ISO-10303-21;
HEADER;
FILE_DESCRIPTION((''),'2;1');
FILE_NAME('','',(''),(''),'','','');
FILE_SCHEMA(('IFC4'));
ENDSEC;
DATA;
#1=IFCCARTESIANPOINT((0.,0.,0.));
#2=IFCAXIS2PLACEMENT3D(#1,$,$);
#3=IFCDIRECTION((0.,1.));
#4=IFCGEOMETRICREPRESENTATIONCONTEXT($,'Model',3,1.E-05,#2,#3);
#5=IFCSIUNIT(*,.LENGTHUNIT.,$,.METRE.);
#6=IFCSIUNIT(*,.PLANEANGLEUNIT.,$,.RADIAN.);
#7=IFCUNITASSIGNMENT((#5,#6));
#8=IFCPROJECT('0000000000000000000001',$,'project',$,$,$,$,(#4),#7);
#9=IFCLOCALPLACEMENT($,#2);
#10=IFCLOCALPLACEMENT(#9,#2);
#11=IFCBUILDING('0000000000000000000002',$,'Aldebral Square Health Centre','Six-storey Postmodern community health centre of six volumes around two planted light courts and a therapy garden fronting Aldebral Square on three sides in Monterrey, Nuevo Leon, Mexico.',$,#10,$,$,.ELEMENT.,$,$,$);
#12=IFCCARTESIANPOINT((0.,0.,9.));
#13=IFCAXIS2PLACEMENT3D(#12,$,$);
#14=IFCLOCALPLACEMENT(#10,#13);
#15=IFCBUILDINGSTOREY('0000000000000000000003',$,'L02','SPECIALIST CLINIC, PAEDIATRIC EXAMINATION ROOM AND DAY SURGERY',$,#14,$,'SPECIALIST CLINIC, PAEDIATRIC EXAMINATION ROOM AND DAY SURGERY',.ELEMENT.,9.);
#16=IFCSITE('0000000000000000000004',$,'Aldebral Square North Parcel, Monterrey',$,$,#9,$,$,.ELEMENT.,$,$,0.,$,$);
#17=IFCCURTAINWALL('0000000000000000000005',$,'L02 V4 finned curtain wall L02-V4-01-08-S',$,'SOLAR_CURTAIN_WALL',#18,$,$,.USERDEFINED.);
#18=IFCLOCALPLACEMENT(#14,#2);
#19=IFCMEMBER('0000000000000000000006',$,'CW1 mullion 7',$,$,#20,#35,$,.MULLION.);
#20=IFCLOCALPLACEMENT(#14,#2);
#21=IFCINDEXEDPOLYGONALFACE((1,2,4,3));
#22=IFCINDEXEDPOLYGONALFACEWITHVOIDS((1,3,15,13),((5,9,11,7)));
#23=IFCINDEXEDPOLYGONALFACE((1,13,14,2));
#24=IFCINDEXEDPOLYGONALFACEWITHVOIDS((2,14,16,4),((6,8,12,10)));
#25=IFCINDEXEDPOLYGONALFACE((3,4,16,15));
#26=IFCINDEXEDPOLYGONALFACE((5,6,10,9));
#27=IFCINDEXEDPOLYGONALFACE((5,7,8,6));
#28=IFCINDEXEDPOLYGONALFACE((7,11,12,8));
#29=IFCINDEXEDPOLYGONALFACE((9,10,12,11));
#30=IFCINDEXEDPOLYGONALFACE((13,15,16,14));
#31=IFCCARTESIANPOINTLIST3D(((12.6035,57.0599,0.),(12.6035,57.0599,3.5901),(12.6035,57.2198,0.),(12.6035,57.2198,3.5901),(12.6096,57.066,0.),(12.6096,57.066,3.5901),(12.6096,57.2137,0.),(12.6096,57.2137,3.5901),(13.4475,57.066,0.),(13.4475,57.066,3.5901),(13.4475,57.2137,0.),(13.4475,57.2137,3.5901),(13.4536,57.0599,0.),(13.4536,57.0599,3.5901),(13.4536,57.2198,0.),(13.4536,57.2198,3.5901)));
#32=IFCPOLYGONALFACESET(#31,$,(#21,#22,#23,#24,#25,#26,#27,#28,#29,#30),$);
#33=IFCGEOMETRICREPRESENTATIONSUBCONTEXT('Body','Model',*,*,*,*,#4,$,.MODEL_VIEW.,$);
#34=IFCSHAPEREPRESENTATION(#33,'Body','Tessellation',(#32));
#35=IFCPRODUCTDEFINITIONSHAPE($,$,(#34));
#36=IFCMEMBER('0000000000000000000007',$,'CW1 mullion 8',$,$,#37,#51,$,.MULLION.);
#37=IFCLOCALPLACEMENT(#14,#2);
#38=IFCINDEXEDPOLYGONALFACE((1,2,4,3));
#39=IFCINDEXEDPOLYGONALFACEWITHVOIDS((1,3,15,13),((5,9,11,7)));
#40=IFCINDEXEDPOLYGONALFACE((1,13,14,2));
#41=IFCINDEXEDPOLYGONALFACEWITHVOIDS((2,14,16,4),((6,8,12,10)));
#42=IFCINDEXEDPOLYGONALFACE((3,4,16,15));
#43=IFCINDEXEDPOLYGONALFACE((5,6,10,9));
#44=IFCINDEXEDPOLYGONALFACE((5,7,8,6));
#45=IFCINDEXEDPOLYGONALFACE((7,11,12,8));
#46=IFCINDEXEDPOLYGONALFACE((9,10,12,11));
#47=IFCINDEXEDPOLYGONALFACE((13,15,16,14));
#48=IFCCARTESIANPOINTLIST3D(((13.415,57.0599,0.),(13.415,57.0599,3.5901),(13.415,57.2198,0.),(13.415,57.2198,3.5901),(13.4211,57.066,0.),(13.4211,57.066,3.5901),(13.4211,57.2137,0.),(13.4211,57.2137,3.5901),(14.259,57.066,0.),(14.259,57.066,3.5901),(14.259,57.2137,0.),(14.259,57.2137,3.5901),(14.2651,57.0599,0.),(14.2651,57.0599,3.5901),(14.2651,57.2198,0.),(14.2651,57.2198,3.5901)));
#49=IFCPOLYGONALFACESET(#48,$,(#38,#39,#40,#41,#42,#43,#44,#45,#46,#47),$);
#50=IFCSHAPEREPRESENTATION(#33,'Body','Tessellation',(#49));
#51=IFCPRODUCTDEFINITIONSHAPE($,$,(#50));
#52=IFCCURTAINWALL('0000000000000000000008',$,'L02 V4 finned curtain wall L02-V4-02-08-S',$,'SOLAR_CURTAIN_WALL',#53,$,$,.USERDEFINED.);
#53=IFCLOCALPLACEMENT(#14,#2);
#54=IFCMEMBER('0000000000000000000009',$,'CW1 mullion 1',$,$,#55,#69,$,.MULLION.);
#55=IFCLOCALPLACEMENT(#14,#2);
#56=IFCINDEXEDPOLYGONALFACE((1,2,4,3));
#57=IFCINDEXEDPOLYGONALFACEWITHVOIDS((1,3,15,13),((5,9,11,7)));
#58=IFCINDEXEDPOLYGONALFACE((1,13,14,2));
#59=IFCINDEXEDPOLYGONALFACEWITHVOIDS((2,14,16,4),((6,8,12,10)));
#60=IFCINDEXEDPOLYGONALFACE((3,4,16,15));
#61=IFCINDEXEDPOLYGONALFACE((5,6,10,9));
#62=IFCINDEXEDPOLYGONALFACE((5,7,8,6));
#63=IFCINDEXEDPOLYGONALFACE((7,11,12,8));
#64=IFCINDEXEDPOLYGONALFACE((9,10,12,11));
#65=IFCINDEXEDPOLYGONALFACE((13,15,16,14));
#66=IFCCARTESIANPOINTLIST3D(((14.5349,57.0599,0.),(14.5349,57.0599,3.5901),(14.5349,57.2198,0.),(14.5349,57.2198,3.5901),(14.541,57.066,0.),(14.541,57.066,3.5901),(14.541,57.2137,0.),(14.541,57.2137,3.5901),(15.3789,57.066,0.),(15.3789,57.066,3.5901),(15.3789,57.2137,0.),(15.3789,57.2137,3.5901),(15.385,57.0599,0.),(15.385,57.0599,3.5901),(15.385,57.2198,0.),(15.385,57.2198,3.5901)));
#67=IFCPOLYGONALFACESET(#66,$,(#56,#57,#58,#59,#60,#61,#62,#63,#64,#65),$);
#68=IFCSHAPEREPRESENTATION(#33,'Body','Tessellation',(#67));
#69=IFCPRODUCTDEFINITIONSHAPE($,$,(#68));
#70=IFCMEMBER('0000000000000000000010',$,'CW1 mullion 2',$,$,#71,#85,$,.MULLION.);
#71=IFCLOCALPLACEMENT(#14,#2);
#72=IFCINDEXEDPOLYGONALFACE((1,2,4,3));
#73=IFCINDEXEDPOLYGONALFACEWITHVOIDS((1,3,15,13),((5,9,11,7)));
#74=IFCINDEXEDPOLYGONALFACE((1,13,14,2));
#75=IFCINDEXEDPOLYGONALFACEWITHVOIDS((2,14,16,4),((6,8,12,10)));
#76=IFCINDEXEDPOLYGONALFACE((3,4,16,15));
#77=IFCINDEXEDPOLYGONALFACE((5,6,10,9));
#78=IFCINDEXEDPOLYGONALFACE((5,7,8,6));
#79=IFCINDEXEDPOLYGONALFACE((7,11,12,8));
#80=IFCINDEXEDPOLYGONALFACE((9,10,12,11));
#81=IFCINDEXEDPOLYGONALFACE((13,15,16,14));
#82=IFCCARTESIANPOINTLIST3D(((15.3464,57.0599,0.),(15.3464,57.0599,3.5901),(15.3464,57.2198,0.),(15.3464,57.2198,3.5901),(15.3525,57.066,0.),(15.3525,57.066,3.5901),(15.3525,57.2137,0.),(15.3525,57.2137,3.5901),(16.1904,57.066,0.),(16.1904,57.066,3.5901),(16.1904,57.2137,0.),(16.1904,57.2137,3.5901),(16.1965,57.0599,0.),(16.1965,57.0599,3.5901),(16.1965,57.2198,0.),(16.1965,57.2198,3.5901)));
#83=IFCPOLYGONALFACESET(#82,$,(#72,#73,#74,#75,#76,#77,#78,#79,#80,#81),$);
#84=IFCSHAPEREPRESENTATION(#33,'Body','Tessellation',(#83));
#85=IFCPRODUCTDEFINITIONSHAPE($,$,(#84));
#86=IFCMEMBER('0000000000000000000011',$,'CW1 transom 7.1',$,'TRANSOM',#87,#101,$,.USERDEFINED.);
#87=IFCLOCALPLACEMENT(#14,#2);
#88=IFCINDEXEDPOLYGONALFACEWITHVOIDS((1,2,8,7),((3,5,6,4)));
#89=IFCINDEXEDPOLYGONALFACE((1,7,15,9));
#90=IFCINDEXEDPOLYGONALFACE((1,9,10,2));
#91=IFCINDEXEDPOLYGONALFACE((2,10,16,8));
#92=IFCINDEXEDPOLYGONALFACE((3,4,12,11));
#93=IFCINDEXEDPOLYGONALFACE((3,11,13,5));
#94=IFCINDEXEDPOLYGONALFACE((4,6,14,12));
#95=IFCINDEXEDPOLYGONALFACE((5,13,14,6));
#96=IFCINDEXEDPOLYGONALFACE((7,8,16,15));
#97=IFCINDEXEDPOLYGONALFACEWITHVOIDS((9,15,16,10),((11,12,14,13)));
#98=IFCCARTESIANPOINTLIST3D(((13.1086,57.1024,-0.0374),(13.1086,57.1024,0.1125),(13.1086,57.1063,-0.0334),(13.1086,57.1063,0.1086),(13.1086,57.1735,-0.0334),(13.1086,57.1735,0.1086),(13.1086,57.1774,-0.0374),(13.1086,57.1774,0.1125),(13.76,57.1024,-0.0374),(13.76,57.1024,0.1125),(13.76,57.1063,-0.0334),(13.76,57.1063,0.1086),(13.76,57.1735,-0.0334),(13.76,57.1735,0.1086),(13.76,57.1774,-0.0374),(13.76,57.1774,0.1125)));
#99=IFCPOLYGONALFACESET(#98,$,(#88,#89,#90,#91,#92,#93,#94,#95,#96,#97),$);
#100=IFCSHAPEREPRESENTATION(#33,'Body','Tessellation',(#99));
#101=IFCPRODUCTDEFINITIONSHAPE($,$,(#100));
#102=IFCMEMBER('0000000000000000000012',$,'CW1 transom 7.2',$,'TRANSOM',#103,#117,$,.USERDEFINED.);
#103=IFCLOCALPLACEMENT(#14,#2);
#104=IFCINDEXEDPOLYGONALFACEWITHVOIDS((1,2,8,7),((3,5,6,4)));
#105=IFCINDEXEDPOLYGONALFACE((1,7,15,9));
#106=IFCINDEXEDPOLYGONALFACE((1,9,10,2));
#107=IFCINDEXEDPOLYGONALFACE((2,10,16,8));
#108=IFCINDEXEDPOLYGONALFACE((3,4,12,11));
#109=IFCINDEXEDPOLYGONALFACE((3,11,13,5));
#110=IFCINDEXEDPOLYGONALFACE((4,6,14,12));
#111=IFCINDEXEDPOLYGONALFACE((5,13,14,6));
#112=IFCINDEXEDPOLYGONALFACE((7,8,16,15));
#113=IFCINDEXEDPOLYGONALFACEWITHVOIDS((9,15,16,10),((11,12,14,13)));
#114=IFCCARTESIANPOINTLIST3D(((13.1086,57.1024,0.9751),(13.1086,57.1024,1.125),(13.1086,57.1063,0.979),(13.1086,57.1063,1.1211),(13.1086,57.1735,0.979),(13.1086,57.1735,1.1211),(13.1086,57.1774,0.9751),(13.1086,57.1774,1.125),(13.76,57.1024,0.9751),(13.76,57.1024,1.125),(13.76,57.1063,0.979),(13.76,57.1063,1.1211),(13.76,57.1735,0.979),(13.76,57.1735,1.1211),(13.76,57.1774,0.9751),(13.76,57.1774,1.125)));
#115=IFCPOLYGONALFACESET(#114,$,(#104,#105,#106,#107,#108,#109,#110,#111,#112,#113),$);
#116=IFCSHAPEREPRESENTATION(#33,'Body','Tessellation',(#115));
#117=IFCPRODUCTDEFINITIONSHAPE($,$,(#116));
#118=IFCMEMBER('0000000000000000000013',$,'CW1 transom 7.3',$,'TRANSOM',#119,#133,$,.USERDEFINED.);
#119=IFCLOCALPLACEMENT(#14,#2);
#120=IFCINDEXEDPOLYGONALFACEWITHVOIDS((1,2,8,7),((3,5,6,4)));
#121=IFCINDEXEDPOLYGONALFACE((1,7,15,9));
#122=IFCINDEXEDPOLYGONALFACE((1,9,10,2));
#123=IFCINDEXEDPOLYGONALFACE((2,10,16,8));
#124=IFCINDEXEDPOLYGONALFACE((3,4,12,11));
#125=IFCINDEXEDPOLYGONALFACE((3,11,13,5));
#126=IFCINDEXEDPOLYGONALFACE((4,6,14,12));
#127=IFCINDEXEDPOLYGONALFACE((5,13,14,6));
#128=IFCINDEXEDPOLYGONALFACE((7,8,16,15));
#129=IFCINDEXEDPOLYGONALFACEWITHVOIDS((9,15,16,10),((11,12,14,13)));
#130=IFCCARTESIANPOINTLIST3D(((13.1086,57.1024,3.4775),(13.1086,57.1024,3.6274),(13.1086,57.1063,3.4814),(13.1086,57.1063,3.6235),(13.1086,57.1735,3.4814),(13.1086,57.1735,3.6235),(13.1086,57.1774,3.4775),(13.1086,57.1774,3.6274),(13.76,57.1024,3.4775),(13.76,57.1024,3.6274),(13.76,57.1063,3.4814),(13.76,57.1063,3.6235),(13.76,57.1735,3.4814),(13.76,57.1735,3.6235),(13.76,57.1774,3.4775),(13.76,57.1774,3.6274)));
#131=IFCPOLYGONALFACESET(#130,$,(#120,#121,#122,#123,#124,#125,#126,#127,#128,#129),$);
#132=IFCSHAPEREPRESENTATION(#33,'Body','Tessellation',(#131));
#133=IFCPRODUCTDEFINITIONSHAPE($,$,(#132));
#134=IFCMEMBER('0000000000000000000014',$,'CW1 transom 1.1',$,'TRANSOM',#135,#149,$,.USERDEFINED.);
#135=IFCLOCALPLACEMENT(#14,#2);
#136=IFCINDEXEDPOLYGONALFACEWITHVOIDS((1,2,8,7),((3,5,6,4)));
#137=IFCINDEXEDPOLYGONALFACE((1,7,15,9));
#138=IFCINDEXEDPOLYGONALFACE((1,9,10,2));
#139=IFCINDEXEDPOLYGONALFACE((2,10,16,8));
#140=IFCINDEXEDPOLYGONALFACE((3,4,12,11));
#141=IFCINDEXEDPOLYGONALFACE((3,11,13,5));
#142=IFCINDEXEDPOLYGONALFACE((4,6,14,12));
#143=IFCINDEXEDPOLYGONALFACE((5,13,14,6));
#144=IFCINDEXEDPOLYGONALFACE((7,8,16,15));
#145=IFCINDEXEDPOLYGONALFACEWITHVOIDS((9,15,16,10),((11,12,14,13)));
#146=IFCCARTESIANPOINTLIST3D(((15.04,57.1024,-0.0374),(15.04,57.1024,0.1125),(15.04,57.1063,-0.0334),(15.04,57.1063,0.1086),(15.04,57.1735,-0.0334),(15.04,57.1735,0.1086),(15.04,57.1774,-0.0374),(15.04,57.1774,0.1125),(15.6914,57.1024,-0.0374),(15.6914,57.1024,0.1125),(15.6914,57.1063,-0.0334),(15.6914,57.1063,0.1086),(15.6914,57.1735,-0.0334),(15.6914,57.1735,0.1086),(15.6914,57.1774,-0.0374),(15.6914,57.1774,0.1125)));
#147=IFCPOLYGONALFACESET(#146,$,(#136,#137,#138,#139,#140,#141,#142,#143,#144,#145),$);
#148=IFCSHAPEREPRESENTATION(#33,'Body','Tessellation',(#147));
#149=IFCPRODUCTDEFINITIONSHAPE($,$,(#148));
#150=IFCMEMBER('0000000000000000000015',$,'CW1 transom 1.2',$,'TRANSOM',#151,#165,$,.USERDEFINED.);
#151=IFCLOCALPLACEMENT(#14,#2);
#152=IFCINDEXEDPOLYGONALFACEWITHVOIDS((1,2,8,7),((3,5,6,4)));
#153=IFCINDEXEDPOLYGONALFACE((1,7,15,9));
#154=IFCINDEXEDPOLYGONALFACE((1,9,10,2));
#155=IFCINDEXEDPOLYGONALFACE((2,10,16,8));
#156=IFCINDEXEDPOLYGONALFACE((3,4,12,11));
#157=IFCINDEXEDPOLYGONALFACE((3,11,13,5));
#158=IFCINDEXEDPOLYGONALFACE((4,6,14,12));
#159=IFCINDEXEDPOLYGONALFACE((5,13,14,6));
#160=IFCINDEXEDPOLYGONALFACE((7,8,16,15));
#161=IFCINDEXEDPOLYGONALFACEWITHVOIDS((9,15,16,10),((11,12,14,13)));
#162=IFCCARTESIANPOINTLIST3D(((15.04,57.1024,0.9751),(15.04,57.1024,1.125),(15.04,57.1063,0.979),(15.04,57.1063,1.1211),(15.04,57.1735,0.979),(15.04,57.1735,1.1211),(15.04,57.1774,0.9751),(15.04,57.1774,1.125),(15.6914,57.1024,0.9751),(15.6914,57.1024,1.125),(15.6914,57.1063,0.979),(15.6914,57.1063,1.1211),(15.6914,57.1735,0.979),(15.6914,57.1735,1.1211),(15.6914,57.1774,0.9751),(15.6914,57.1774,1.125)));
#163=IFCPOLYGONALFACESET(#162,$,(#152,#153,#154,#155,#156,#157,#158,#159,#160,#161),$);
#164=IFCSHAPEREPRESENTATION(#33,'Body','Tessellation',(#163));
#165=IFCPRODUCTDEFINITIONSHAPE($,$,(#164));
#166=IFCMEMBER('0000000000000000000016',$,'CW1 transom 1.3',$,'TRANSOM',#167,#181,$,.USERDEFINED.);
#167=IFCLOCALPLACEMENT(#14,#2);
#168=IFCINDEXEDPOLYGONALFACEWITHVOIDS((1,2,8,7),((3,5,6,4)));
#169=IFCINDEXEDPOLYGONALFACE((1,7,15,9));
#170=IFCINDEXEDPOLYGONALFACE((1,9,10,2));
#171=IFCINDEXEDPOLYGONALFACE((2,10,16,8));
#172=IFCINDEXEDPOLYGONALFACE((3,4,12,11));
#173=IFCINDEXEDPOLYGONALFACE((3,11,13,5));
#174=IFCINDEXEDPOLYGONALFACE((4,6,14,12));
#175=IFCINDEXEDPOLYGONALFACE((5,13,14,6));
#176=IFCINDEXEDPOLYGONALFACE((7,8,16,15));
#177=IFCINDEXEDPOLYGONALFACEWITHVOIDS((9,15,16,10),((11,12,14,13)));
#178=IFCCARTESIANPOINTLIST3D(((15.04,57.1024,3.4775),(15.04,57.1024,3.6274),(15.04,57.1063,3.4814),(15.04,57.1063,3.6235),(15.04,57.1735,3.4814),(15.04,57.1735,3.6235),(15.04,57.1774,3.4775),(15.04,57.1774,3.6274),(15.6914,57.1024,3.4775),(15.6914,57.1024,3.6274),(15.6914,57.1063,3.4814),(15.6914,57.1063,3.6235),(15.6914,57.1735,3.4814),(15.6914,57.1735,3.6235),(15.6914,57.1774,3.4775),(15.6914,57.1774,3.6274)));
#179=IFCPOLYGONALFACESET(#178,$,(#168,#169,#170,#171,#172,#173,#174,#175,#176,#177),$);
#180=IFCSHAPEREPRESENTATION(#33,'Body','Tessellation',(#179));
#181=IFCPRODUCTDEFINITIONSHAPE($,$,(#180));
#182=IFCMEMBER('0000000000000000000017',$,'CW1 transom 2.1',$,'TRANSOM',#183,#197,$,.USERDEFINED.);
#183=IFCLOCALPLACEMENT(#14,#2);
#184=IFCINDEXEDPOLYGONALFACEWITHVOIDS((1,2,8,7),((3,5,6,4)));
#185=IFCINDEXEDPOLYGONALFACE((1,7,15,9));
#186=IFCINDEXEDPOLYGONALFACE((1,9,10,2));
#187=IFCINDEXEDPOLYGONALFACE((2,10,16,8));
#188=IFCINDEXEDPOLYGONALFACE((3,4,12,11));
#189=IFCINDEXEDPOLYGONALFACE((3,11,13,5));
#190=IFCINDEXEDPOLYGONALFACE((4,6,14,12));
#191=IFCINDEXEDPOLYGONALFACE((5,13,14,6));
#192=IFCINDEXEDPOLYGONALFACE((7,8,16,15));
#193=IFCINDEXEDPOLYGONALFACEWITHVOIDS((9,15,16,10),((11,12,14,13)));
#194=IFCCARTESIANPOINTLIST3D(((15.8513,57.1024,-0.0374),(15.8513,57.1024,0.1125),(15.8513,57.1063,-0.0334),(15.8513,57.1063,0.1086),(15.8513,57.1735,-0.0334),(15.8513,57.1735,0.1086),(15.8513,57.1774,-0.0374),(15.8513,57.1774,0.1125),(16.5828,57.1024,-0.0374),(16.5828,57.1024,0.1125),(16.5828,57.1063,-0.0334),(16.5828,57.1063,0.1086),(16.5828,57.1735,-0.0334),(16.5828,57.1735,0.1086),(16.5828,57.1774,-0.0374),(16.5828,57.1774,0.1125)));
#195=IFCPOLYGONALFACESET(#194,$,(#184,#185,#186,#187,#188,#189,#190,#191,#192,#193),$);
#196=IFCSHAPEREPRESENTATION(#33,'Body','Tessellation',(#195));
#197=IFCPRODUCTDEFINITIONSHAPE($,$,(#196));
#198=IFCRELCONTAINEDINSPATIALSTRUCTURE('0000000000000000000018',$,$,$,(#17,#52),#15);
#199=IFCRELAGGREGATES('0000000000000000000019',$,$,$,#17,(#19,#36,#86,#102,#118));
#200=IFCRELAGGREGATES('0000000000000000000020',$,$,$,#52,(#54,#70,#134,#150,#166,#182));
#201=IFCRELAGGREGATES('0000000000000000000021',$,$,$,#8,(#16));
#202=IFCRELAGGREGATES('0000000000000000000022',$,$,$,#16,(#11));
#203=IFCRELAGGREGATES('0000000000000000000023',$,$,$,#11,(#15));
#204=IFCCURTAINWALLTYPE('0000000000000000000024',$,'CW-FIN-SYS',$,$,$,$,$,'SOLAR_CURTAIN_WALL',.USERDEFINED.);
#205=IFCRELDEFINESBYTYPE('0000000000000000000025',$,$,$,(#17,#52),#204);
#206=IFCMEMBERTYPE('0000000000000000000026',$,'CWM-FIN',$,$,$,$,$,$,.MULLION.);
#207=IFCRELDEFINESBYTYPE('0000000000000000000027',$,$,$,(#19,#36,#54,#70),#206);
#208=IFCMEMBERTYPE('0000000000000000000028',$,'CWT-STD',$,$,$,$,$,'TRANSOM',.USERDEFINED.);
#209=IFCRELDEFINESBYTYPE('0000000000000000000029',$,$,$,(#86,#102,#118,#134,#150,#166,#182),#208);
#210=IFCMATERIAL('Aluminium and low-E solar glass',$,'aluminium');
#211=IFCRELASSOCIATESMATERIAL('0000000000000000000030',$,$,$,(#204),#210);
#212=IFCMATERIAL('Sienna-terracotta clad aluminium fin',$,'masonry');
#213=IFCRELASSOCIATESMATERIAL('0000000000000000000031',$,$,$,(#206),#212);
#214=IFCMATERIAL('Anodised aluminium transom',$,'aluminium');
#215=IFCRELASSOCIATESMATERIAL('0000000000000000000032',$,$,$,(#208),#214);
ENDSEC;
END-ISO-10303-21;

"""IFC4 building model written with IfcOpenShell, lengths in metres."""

from ifc_helpers import new_model, si_unit, direction, frame, origin, origin_2d, place, context, subcontext, project, spatial, hollow_rectangle, extrude, material, material_profile, profile_set, type_object, element, aggregate, save


model = new_model("IFC4")

# Units and contexts
model_context = context("Model", 3, precision=1e-05, world=origin(), true_north=direction((0.0, 1.0)))
body_context = subcontext(model_context, "Body", "Model", "MODEL_VIEW")
ifc_project = project(units=[si_unit("LENGTHUNIT", "METRE"), si_unit("PLANEANGLEUNIT", "RADIAN")], contexts=[model_context])

# Site, building, storey
site_placement = place(None, origin())
site = spatial("IfcSite", under=ifc_project, at=site_placement, Name="Aldebral Square North Parcel, Monterrey", CompositionType="ELEMENT", RefElevation=0.0)
building_placement = place(site_placement, origin())
building = spatial("IfcBuilding", under=site, at=building_placement, Name="Aldebral Square Health Centre", Description="Six-storey Postmodern community health centre of six volumes around two planted light courts and a therapy garden fronting Aldebral Square on three sides in Monterrey, Nuevo Leon, Mexico.", CompositionType="ELEMENT")
storey_placement = place(building_placement, frame((0.0, 0.0, 9.0)))
storey = spatial("IfcBuildingStorey", under=building, at=storey_placement, Name="L02", Description="SPECIALIST CLINIC, PAEDIATRIC EXAMINATION ROOM AND DAY SURGERY", LongName="SPECIALIST CLINIC, PAEDIATRIC EXAMINATION ROOM AND DAY SURGERY", CompositionType="ELEMENT", Elevation=9.0)

# Curtain walls, members
ifc_material_1 = material(Name="Aluminium and low-E solar glass", Category="aluminium")
curtain_wall_type = type_object("IfcCurtainWallType", Name="CW-FIN-SYS", ElementType="SOLAR_CURTAIN_WALL", PredefinedType="USERDEFINED", material=ifc_material_1)
curtain_wall_1_placement = place(storey_placement, origin())
curtain_wall_1 = element("IfcCurtainWall", 1, at=curtain_wall_1_placement, inside=storey, type_object=curtain_wall_type, Name="L02 V4 finned curtain wall L02-V4-01-08-S", ObjectType="SOLAR_CURTAIN_WALL", PredefinedType="USERDEFINED")
ifc_material_2 = material(Name="Sienna-terracotta clad aluminium fin", Category="masonry")
ifc_material_profile_1 = material_profile(ifc_material_2, hollow_rectangle(XDim=0.1599, YDim=0.8501, WallThickness=0.0061, at=origin_2d()), Name="FIN 160x850x6")
ifc_profile_set_1 = profile_set([ifc_material_profile_1], Name="Sienna-terracotta clad aluminium fin")
member_type_1 = type_object("IfcMemberType", Name="CWM-FIN", PredefinedType="MULLION", material=ifc_profile_set_1)
member_1_placement = place(storey_placement, frame((13.0286, 57.1399, 0.0), z_axis=(0.0, 0.0, 1.0), x_axis=(0.0, 1.0, 0.0)))
member_1 = element("IfcMember", 2, at=member_1_placement, type_object=member_type_1, Name="CW1 mullion 7", PredefinedType="MULLION", context=body_context, shape_type="SweptSolid", body=[
    extrude(hollow_rectangle(XDim=0.1599, YDim=0.8501, WallThickness=0.0061, at=origin_2d()), origin(), (0.0, 0.0, 1.0), 3.5901),
])
member_2_placement = place(storey_placement, frame((13.8401, 57.1399, 0.0), z_axis=(0.0, 0.0, 1.0), x_axis=(0.0, 1.0, 0.0)))
member_2 = element("IfcMember", 3, at=member_2_placement, type_object=member_type_1, Name="CW1 mullion 8", PredefinedType="MULLION", context=body_context, shape_type="SweptSolid", body=[
    extrude(hollow_rectangle(XDim=0.1599, YDim=0.8501, WallThickness=0.0061, at=origin_2d()), origin(), (0.0, 0.0, 1.0), 3.5901),
])
curtain_wall_2_placement = place(storey_placement, origin())
curtain_wall_2 = element("IfcCurtainWall", 4, at=curtain_wall_2_placement, inside=storey, type_object=curtain_wall_type, Name="L02 V4 finned curtain wall L02-V4-02-08-S", ObjectType="SOLAR_CURTAIN_WALL", PredefinedType="USERDEFINED")
member_3_placement = place(storey_placement, frame((14.96, 57.1399, 0.0), z_axis=(0.0, 0.0, 1.0), x_axis=(0.0, 1.0, 0.0)))
member_3 = element("IfcMember", 5, at=member_3_placement, type_object=member_type_1, Name="CW1 mullion 1", PredefinedType="MULLION", context=body_context, shape_type="SweptSolid", body=[
    extrude(hollow_rectangle(XDim=0.1599, YDim=0.8501, WallThickness=0.0061, at=origin_2d()), origin(), (0.0, 0.0, 1.0), 3.5901),
])
member_4_placement = place(storey_placement, frame((15.7715, 57.1399, 0.0), z_axis=(0.0, 0.0, 1.0), x_axis=(0.0, 1.0, 0.0)))
member_4 = element("IfcMember", 6, at=member_4_placement, type_object=member_type_1, Name="CW1 mullion 2", PredefinedType="MULLION", context=body_context, shape_type="SweptSolid", body=[
    extrude(hollow_rectangle(XDim=0.1599, YDim=0.8501, WallThickness=0.0061, at=origin_2d()), origin(), (0.0, 0.0, 1.0), 3.5901),
])

# Members
ifc_material_3 = material(Name="Anodised aluminium transom", Category="aluminium")
ifc_material_profile_2 = material_profile(ifc_material_3, hollow_rectangle(XDim=0.075, YDim=0.1499, WallThickness=0.0039, at=origin_2d()), Name="CWT 75x150x4")
ifc_profile_set_2 = profile_set([ifc_material_profile_2], Name="Anodised aluminium transom")
member_type_2 = type_object("IfcMemberType", Name="CWT-STD", ElementType="TRANSOM", PredefinedType="USERDEFINED", material=ifc_profile_set_2)
member_5_placement = place(storey_placement, frame((13.1086, 57.1399, 0.0376), z_axis=(1.0, 0.0, 0.0), x_axis=(0.0, 1.0, 0.0)))
member_5 = element("IfcMember", 7, at=member_5_placement, type_object=member_type_2, Name="CW1 transom 7.1", ObjectType="TRANSOM", PredefinedType="USERDEFINED", context=body_context, shape_type="SweptSolid", body=[
    extrude(hollow_rectangle(XDim=0.075, YDim=0.1499, WallThickness=0.0039, at=origin_2d()), origin(), (0.0, 0.0, 1.0), 0.6514),
])
member_6_placement = place(storey_placement, frame((13.1086, 57.1399, 1.05), z_axis=(1.0, 0.0, 0.0), x_axis=(0.0, 1.0, 0.0)))
member_6 = element("IfcMember", 8, at=member_6_placement, type_object=member_type_2, Name="CW1 transom 7.2", ObjectType="TRANSOM", PredefinedType="USERDEFINED", context=body_context, shape_type="SweptSolid", body=[
    extrude(hollow_rectangle(XDim=0.075, YDim=0.1499, WallThickness=0.0039, at=origin_2d()), origin(), (0.0, 0.0, 1.0), 0.6514),
])
member_7_placement = place(storey_placement, frame((13.1086, 57.1399, 3.5525), z_axis=(1.0, 0.0, 0.0), x_axis=(0.0, 1.0, 0.0)))
member_7 = element("IfcMember", 9, at=member_7_placement, type_object=member_type_2, Name="CW1 transom 7.3", ObjectType="TRANSOM", PredefinedType="USERDEFINED", context=body_context, shape_type="SweptSolid", body=[
    extrude(hollow_rectangle(XDim=0.075, YDim=0.1499, WallThickness=0.0039, at=origin_2d()), origin(), (0.0, 0.0, 1.0), 0.6514),
])
member_8_placement = place(storey_placement, frame((15.04, 57.1399, 0.0376), z_axis=(1.0, 0.0, 0.0), x_axis=(0.0, 1.0, 0.0)))
member_8 = element("IfcMember", 10, at=member_8_placement, type_object=member_type_2, Name="CW1 transom 1.1", ObjectType="TRANSOM", PredefinedType="USERDEFINED", context=body_context, shape_type="SweptSolid", body=[
    extrude(hollow_rectangle(XDim=0.075, YDim=0.1499, WallThickness=0.0039, at=origin_2d()), origin(), (0.0, 0.0, 1.0), 0.6514),
])
member_9_placement = place(storey_placement, frame((15.04, 57.1399, 1.05), z_axis=(1.0, 0.0, 0.0), x_axis=(0.0, 1.0, 0.0)))
member_9 = element("IfcMember", 11, at=member_9_placement, type_object=member_type_2, Name="CW1 transom 1.2", ObjectType="TRANSOM", PredefinedType="USERDEFINED", context=body_context, shape_type="SweptSolid", body=[
    extrude(hollow_rectangle(XDim=0.075, YDim=0.1499, WallThickness=0.0039, at=origin_2d()), origin(), (0.0, 0.0, 1.0), 0.6514),
])
member_10_placement = place(storey_placement, frame((15.04, 57.1399, 3.5525), z_axis=(1.0, 0.0, 0.0), x_axis=(0.0, 1.0, 0.0)))
member_10 = element("IfcMember", 12, at=member_10_placement, type_object=member_type_2, Name="CW1 transom 1.3", ObjectType="TRANSOM", PredefinedType="USERDEFINED", context=body_context, shape_type="SweptSolid", body=[
    extrude(hollow_rectangle(XDim=0.075, YDim=0.1499, WallThickness=0.0039, at=origin_2d()), origin(), (0.0, 0.0, 1.0), 0.6514),
])
member_11_placement = place(storey_placement, frame((15.8513, 57.1399, 0.0376), z_axis=(1.0, 0.0, 0.0), x_axis=(0.0, 1.0, 0.0)))
member_11 = element("IfcMember", 13, at=member_11_placement, type_object=member_type_2, Name="CW1 transom 2.1", ObjectType="TRANSOM", PredefinedType="USERDEFINED", context=body_context, shape_type="SweptSolid", body=[
    extrude(hollow_rectangle(XDim=0.075, YDim=0.1499, WallThickness=0.0039, at=origin_2d()), origin(), (0.0, 0.0, 1.0), 0.7314),
])

aggregate(curtain_wall_1, [member_1, member_2, member_5, member_6, member_7])
aggregate(curtain_wall_2, [member_3, member_4, member_8, member_9, member_10, member_11])

save(model, "model.ifc")
